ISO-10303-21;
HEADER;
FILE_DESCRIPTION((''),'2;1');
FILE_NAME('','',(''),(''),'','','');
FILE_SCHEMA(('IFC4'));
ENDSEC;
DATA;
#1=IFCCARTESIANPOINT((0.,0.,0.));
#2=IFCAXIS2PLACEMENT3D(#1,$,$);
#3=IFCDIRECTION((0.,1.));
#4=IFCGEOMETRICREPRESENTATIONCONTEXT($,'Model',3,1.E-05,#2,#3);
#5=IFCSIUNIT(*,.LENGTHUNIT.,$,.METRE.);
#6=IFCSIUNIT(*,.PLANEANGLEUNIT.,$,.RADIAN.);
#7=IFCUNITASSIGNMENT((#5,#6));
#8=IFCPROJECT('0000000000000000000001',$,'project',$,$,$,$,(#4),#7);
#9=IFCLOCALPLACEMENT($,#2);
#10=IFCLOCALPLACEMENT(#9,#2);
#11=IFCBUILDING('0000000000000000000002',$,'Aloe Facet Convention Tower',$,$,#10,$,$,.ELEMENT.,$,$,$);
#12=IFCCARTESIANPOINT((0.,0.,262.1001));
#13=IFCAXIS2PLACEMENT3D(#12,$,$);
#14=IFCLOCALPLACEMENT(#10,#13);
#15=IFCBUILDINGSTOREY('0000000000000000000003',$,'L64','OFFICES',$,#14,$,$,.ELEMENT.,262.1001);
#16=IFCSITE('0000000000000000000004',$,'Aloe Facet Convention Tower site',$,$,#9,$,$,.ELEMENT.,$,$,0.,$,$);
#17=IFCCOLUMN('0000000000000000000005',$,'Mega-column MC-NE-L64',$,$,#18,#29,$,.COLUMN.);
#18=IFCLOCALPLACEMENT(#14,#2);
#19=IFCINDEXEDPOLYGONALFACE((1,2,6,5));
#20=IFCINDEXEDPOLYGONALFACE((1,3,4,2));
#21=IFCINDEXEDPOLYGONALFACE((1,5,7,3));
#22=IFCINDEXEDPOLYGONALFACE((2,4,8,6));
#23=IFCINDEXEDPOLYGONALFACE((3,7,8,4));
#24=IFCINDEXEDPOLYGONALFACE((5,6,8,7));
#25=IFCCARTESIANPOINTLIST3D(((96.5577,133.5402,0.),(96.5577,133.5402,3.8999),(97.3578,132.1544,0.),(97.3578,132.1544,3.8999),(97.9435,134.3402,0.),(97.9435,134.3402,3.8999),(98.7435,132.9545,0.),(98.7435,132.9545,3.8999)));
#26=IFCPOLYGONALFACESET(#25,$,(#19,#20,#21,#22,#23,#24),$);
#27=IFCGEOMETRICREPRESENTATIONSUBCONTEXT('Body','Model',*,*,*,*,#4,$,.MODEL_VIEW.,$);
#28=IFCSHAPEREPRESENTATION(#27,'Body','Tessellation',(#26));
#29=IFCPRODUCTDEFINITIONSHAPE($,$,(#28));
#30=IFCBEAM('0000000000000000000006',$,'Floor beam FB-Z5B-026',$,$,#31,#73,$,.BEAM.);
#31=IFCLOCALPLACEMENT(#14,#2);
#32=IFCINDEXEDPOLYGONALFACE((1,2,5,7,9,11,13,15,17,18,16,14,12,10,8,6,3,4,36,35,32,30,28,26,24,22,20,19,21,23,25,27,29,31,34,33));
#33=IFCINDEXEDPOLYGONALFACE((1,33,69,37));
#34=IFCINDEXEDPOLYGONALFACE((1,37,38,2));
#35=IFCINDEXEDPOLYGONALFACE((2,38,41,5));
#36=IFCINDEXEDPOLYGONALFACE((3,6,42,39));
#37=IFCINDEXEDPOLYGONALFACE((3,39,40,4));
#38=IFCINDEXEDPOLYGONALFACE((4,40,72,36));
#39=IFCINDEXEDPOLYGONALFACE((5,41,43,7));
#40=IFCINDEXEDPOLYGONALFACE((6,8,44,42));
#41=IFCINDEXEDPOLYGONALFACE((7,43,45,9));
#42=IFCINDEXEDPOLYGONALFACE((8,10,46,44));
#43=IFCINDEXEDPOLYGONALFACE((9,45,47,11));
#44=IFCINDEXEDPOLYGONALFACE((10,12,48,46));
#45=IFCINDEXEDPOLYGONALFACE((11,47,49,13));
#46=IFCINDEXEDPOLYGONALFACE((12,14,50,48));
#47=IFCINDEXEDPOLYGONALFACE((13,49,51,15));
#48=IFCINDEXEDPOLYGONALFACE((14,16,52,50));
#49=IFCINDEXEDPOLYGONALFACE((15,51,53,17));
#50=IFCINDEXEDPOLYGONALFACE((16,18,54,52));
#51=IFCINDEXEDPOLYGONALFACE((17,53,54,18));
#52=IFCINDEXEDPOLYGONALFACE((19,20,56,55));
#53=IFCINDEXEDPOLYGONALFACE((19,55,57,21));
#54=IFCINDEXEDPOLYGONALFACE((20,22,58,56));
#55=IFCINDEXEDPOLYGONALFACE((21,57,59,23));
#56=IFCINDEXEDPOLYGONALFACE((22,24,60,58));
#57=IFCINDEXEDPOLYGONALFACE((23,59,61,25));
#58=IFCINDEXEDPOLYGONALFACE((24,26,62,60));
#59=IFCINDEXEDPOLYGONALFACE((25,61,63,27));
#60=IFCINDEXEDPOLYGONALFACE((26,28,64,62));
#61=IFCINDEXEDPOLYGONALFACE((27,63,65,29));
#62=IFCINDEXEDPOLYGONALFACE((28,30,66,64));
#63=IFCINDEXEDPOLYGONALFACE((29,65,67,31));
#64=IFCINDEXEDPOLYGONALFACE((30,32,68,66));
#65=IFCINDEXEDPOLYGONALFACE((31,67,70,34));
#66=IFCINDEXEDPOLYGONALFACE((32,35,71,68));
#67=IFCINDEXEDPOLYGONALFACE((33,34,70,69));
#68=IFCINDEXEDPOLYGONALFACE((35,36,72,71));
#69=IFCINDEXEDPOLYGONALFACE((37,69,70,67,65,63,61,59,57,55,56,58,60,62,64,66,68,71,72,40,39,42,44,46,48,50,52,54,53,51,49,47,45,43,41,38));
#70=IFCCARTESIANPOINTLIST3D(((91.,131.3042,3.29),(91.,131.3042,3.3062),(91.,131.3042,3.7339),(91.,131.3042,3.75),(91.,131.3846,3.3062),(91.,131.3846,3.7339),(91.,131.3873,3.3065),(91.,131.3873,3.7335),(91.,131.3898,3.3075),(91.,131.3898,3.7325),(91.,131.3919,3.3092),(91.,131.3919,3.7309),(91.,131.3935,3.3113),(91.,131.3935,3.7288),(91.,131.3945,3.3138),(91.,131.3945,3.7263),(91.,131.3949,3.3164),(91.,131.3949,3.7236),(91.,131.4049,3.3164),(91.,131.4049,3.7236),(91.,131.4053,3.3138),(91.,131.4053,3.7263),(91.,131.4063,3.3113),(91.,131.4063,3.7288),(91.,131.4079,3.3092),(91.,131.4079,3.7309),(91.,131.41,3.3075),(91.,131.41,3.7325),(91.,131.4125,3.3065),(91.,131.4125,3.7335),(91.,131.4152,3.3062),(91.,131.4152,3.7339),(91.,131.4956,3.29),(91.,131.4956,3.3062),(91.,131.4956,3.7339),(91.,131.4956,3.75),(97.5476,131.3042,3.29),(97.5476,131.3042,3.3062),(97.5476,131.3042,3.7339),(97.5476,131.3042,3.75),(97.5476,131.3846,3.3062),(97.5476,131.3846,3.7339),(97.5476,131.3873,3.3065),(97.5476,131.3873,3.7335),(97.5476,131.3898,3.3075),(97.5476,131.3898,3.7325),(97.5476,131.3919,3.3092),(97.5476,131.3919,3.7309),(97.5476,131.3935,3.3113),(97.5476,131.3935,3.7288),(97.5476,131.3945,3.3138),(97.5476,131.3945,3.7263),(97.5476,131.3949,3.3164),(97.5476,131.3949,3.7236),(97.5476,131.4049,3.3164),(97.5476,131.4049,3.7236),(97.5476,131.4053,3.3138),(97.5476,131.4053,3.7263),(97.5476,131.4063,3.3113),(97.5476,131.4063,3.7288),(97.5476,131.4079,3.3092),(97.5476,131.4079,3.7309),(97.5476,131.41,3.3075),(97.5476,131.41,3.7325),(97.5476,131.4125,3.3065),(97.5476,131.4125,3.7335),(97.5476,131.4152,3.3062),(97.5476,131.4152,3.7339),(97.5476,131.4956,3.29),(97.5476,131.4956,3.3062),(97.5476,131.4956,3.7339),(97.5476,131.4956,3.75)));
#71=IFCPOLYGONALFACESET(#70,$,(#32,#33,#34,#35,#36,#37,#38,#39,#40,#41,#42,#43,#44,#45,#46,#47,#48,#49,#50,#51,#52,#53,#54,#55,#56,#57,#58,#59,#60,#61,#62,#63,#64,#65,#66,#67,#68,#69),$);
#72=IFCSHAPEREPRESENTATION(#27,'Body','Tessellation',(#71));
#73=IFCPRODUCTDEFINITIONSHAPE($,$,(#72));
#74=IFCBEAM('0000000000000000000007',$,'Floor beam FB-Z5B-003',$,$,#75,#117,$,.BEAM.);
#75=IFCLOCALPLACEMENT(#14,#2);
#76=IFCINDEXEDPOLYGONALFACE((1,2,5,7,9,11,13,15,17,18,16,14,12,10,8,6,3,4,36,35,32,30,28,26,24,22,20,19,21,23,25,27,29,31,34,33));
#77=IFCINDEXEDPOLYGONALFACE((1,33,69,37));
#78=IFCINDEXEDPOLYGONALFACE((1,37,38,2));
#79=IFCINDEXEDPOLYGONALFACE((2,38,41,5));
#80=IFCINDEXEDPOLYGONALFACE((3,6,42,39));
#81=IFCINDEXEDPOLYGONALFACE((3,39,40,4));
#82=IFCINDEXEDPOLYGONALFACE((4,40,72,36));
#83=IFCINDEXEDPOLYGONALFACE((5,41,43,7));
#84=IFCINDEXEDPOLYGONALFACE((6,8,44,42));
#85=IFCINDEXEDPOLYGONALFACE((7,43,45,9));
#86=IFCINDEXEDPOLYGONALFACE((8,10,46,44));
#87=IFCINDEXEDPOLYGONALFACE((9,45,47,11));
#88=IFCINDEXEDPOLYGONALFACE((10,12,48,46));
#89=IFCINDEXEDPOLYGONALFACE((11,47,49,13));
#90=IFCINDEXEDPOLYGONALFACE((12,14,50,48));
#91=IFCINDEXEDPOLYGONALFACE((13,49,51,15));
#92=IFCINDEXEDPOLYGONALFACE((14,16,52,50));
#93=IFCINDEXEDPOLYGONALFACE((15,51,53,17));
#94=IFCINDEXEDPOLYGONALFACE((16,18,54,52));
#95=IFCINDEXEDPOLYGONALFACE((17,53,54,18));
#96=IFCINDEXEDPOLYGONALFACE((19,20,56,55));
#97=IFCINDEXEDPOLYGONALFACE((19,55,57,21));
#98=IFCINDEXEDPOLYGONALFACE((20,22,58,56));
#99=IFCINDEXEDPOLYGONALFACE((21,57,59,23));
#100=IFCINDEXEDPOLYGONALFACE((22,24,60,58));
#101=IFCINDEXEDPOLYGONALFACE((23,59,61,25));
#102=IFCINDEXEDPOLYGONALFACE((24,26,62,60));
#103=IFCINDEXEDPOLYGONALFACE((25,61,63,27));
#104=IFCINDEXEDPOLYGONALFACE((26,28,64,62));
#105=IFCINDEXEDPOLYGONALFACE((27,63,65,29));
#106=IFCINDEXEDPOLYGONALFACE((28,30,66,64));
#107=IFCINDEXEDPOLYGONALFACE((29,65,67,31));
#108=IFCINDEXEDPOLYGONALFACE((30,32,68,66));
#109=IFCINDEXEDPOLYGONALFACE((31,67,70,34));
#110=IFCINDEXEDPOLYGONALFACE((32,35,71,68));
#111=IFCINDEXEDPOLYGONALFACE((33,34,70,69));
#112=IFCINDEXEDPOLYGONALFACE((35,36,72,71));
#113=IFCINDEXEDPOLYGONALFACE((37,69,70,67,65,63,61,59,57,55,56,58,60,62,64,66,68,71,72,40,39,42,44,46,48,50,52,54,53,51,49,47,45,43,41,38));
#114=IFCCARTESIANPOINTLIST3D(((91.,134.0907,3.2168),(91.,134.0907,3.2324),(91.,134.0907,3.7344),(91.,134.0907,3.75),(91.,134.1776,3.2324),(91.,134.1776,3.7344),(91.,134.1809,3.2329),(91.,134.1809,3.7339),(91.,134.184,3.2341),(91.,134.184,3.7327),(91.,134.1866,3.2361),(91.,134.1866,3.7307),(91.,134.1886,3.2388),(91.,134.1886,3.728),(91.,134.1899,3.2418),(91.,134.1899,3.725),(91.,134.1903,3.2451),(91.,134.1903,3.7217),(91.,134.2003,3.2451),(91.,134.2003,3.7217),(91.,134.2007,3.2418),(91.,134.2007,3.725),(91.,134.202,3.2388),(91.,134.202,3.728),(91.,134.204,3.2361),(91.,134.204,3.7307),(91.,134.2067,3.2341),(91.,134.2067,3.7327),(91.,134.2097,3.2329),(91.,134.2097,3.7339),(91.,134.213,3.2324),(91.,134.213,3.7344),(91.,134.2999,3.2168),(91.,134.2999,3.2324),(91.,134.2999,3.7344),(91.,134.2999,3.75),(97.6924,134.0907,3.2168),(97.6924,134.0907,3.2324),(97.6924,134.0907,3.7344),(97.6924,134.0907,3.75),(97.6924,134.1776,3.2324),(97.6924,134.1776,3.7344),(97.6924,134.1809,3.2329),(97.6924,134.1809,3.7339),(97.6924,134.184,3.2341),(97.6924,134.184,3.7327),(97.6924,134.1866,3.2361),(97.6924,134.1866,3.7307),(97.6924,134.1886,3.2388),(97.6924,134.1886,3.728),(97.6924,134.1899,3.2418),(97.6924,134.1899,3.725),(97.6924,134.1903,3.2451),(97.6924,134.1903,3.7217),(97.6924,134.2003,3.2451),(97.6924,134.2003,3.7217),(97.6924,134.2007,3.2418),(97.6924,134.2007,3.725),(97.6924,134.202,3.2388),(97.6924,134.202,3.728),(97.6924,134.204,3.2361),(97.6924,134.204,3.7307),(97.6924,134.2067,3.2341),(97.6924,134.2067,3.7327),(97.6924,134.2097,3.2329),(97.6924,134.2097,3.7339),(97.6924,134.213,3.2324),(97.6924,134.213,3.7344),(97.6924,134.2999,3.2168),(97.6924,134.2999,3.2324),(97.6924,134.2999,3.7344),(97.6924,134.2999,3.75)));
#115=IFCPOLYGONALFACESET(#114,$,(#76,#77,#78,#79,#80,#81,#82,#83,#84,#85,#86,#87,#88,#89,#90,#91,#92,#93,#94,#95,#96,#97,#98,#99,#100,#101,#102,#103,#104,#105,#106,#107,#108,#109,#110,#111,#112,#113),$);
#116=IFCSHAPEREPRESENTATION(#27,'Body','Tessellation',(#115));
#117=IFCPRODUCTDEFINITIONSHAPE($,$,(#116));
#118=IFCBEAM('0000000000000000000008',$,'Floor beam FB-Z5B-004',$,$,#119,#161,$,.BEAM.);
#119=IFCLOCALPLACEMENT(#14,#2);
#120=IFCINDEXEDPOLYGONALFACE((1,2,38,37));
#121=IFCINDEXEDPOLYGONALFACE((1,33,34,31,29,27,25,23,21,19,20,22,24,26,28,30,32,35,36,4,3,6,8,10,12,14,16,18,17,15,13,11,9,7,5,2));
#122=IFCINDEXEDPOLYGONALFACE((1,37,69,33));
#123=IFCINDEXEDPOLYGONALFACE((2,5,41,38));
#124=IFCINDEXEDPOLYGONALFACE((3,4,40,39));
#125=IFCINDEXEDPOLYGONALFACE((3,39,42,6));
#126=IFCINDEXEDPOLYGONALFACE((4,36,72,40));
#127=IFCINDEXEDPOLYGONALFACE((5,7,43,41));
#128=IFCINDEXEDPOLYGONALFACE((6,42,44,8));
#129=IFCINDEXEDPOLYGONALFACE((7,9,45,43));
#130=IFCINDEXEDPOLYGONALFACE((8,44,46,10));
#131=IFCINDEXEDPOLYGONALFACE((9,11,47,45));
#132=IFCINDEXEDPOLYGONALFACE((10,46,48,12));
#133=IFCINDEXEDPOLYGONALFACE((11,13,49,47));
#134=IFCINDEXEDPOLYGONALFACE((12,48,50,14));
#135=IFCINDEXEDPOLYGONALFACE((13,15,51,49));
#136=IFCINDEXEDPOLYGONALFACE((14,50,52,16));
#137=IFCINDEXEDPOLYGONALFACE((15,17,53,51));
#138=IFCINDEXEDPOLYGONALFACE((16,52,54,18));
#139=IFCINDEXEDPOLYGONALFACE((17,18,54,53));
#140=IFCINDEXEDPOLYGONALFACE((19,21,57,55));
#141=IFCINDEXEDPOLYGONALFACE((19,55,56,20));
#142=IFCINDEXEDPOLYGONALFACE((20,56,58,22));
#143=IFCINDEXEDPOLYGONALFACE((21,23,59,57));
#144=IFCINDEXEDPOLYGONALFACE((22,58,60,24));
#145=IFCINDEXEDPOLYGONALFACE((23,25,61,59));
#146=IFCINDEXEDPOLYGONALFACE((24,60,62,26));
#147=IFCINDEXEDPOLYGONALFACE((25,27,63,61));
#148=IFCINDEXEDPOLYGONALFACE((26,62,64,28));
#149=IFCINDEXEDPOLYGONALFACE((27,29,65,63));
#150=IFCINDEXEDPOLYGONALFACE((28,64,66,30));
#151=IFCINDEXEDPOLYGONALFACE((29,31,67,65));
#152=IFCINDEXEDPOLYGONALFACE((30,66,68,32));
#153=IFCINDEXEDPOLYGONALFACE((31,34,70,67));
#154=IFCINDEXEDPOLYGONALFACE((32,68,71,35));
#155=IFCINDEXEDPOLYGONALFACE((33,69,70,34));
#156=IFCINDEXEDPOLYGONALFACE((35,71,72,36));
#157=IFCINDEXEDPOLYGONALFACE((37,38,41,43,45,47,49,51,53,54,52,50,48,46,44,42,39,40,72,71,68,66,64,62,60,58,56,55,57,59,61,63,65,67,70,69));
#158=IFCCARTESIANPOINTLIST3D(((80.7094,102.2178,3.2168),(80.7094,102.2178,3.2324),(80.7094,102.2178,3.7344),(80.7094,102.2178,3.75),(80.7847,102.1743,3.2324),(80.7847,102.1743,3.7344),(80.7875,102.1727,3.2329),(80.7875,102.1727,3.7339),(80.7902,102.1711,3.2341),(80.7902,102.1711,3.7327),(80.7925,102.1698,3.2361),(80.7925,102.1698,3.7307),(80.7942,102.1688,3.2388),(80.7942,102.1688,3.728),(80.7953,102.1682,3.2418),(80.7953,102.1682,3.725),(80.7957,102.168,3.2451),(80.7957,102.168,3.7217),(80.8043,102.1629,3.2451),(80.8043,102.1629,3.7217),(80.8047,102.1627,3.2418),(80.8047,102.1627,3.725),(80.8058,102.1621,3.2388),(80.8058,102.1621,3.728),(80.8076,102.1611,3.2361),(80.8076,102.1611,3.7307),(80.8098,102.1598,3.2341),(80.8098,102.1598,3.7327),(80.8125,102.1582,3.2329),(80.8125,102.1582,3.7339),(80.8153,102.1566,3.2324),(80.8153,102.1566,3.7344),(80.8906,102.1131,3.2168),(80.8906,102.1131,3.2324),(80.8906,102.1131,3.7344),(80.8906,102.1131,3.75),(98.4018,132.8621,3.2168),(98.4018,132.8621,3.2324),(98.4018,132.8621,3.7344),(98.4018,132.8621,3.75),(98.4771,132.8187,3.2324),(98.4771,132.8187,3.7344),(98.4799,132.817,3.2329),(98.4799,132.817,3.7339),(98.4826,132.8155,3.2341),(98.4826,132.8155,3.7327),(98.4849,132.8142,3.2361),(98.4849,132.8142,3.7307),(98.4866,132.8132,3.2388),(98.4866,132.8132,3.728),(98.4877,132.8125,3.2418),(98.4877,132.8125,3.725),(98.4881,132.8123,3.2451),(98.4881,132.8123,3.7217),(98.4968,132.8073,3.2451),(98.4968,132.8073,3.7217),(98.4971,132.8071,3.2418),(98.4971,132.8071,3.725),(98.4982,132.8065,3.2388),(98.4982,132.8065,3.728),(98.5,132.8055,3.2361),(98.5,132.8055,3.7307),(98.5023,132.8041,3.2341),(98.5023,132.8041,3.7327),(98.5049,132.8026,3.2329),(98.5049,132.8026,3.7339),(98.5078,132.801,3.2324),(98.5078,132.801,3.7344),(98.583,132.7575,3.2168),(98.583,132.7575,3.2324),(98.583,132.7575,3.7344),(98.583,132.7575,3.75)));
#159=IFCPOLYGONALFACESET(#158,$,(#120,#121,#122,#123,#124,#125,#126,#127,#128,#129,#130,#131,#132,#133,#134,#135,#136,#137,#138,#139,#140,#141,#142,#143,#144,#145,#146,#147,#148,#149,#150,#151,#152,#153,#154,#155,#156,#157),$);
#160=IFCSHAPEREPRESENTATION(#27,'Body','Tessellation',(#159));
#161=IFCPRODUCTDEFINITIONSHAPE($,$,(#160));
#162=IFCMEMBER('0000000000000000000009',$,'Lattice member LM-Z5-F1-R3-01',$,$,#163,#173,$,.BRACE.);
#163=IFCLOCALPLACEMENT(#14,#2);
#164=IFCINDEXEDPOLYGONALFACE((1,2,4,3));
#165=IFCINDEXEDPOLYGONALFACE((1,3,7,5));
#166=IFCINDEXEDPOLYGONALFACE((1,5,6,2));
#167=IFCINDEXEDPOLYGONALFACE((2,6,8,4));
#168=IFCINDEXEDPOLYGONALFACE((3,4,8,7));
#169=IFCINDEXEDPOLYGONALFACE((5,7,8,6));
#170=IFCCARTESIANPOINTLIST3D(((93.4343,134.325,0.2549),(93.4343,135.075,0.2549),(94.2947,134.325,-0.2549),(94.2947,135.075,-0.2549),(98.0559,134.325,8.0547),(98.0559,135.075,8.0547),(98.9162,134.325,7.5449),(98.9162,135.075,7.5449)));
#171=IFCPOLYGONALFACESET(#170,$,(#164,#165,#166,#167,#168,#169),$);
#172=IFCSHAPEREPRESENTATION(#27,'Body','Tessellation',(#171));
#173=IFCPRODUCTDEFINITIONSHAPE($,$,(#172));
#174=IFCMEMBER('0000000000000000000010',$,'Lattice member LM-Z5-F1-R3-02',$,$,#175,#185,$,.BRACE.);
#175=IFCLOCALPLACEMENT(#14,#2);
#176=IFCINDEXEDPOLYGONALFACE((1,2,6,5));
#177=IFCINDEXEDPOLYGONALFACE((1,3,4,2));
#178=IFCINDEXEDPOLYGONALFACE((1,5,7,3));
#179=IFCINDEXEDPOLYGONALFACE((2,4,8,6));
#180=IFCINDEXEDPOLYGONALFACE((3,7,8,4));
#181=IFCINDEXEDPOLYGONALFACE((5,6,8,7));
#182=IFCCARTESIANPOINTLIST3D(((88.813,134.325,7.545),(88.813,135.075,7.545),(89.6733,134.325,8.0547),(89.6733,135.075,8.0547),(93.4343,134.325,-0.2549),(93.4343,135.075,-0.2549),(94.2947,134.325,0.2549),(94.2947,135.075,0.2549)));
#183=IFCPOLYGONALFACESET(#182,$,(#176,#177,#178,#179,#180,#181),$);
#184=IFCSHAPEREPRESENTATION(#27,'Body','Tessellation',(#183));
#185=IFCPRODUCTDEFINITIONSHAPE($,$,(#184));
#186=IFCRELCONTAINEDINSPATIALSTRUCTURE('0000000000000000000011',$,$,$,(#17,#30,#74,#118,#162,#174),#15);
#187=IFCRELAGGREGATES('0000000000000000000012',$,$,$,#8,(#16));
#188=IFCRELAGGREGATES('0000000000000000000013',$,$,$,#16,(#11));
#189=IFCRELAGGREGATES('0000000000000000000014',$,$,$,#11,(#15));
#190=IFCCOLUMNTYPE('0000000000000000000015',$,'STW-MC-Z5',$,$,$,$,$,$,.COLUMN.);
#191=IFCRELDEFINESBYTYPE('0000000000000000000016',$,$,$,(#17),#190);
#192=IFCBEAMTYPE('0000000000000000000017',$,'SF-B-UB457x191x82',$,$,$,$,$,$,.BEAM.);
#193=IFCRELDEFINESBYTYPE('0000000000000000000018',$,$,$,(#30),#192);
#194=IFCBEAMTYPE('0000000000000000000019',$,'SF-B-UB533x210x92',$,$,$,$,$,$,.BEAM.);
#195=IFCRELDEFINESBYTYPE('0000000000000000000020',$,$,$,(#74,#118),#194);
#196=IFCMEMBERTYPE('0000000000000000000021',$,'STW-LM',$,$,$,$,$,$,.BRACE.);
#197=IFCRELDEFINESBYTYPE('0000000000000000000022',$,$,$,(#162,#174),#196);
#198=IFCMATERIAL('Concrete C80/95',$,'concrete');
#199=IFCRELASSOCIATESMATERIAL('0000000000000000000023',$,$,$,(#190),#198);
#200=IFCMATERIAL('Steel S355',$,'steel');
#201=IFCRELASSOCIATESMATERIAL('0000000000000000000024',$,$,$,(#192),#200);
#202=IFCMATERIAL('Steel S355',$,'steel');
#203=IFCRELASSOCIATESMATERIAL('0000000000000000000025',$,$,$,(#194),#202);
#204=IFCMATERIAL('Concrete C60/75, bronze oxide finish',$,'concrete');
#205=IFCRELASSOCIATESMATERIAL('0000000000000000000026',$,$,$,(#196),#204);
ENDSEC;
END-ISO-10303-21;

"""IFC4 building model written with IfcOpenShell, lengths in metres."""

from ifc_helpers import new_model, si_unit, direction, frame, origin, origin_2d, place, context, subcontext, project, spatial, rectangle, i_section, extrude, material, material_profile, profile_set, type_object, element, save


model = new_model("IFC4")

# Units and contexts
model_context = context("Model", 3, precision=1e-05, world=origin(), true_north=direction((0.0, 1.0)))
body_context = subcontext(model_context, "Body", "Model", "MODEL_VIEW")
ifc_project = project(units=[si_unit("LENGTHUNIT", "METRE"), si_unit("PLANEANGLEUNIT", "RADIAN")], contexts=[model_context])

# Site, building, storey
site_placement = place(None, origin())
site = spatial("IfcSite", under=ifc_project, at=site_placement, Name="Aloe Facet Convention Tower site", CompositionType="ELEMENT", RefElevation=0.0)
building_placement = place(site_placement, origin())
building = spatial("IfcBuilding", under=site, at=building_placement, Name="Aloe Facet Convention Tower", CompositionType="ELEMENT")
storey_placement = place(building_placement, frame((0.0, 0.0, 262.1001)))
storey = spatial("IfcBuildingStorey", under=building, at=storey_placement, Name="L64", Description="OFFICES", CompositionType="ELEMENT", Elevation=262.1001)

# Column
ifc_material_1 = material(Name="Concrete C80/95", Category="concrete")
ifc_material_profile_1 = material_profile(ifc_material_1, rectangle(XDim=1.6001, YDim=1.6001, at=origin_2d()), Name="STW-MC-Z5")
ifc_profile_set_1 = profile_set([ifc_material_profile_1], Name="Concrete C80/95")
column_type = type_object("IfcColumnType", Name="STW-MC-Z5", PredefinedType="COLUMN", material=ifc_profile_set_1)
column_placement = place(storey_placement, frame((97.6506, 133.2473, 0.0), z_axis=(0.0, 0.0, 1.0), x_axis=(-0.5, 0.866025, 0.0)))
element("IfcColumn", 1, at=column_placement, inside=storey, type_object=column_type, Name="Mega-column MC-NE-L64", PredefinedType="COLUMN", context=body_context, shape_type="SweptSolid", body=[
    extrude(rectangle(XDim=1.6001, YDim=1.6001, at=origin_2d()), origin(), (0.0, 0.0, 1.0), 3.8999),
])

# Beams
ifc_material_2 = material(Name="Steel S355", Category="steel")
ifc_material_profile_2 = material_profile(ifc_material_2, i_section(OverallWidth=0.1914, OverallDepth=0.46, WebThickness=0.01, FlangeThickness=0.0161, FilletRadius=0.0103, at=origin_2d()), Name="UB 457x191x82")
ifc_profile_set_2 = profile_set([ifc_material_profile_2], Name="Steel S355")
beam_type_1 = type_object("IfcBeamType", Name="SF-B-UB457x191x82", PredefinedType="BEAM", material=ifc_profile_set_2)
beam_1_placement = place(storey_placement, frame((91.0, 131.3999, 3.52), z_axis=(1.0, 0.0, 0.0), x_axis=(0.0, 1.0, 0.0)))
element("IfcBeam", 2, at=beam_1_placement, inside=storey, type_object=beam_type_1, Name="Floor beam FB-Z5B-026", PredefinedType="BEAM", context=body_context, shape_type="SweptSolid", body=[
    extrude(i_section(OverallWidth=0.1914, OverallDepth=0.46, WebThickness=0.01, FlangeThickness=0.0161, FilletRadius=0.0103, at=origin_2d()), origin(), (0.0, 0.0, 1.0), 6.5476),
])
ifc_material_3 = material(Name="Steel S355", Category="steel")
ifc_material_profile_3 = material_profile(ifc_material_3, i_section(OverallWidth=0.2092, OverallDepth=0.5332, WebThickness=0.01, FlangeThickness=0.0156, FilletRadius=0.0127, at=origin_2d()), Name="UB 533x210x92")
ifc_profile_set_3 = profile_set([ifc_material_profile_3], Name="Steel S355")
beam_type_2 = type_object("IfcBeamType", Name="SF-B-UB533x210x92", PredefinedType="BEAM", material=ifc_profile_set_3)
beam_2_placement = place(storey_placement, frame((91.0, 134.1953, 3.4834), z_axis=(1.0, 0.0, 0.0), x_axis=(0.0, 1.0, 0.0)))
element("IfcBeam", 3, at=beam_2_placement, inside=storey, type_object=beam_type_2, Name="Floor beam FB-Z5B-003", PredefinedType="BEAM", context=body_context, shape_type="SweptSolid", body=[
    extrude(i_section(OverallWidth=0.2092, OverallDepth=0.5332, WebThickness=0.01, FlangeThickness=0.0156, FilletRadius=0.0127, at=origin_2d()), origin(), (0.0, 0.0, 1.0), 6.6924),
])
beam_3_placement = place(storey_placement, frame((98.4924, 132.8098, 3.4834), z_axis=(-0.499998, -0.866027, 0.0), x_axis=(0.866027, -0.499998, 0.0)))
element("IfcBeam", 4, at=beam_3_placement, inside=storey, type_object=beam_type_2, Name="Floor beam FB-Z5B-004", PredefinedType="BEAM", context=body_context, shape_type="SweptSolid", body=[
    extrude(i_section(OverallWidth=0.2092, OverallDepth=0.5332, WebThickness=0.01, FlangeThickness=0.0156, FilletRadius=0.0127, at=origin_2d()), origin(), (0.0, 0.0, 1.0), 35.385),
])

# Members
ifc_material_4 = material(Name="Concrete C60/75, bronze oxide finish", Category="concrete")
ifc_material_profile_4 = material_profile(ifc_material_4, rectangle(XDim=0.75, YDim=1.0, at=origin_2d()), Name="STW-LM")
ifc_profile_set_4 = profile_set([ifc_material_profile_4], Name="Concrete C60/75, bronze oxide finish")
member_type = type_object("IfcMemberType", Name="STW-LM", PredefinedType="BRACE", material=ifc_profile_set_4)
for number, where, z_axis, x_axis, name in (
    (5, (93.8645, 134.7, 0.0), (0.50976, 0.0, 0.860317), (0.0, 1.0, 0.0), "Lattice member LM-Z5-F1-R3-01"),
    (6, (93.8645, 134.7, 0.0), (-0.50974, 0.0, 0.860329), (0.0, -1.0, 0.0), "Lattice member LM-Z5-F1-R3-02"),
):
    element("IfcMember", number, at=place(storey_placement, frame(where, z_axis=z_axis, x_axis=x_axis)), inside=storey, type_object=member_type, Name=name, PredefinedType="BRACE", context=body_context, shape_type="SweptSolid", body=[
        extrude(rectangle(XDim=0.75, YDim=1.0, at=origin_2d()), origin(), (0.0, 0.0, 1.0), 9.0662),
    ])

save(model, "model.ifc")
